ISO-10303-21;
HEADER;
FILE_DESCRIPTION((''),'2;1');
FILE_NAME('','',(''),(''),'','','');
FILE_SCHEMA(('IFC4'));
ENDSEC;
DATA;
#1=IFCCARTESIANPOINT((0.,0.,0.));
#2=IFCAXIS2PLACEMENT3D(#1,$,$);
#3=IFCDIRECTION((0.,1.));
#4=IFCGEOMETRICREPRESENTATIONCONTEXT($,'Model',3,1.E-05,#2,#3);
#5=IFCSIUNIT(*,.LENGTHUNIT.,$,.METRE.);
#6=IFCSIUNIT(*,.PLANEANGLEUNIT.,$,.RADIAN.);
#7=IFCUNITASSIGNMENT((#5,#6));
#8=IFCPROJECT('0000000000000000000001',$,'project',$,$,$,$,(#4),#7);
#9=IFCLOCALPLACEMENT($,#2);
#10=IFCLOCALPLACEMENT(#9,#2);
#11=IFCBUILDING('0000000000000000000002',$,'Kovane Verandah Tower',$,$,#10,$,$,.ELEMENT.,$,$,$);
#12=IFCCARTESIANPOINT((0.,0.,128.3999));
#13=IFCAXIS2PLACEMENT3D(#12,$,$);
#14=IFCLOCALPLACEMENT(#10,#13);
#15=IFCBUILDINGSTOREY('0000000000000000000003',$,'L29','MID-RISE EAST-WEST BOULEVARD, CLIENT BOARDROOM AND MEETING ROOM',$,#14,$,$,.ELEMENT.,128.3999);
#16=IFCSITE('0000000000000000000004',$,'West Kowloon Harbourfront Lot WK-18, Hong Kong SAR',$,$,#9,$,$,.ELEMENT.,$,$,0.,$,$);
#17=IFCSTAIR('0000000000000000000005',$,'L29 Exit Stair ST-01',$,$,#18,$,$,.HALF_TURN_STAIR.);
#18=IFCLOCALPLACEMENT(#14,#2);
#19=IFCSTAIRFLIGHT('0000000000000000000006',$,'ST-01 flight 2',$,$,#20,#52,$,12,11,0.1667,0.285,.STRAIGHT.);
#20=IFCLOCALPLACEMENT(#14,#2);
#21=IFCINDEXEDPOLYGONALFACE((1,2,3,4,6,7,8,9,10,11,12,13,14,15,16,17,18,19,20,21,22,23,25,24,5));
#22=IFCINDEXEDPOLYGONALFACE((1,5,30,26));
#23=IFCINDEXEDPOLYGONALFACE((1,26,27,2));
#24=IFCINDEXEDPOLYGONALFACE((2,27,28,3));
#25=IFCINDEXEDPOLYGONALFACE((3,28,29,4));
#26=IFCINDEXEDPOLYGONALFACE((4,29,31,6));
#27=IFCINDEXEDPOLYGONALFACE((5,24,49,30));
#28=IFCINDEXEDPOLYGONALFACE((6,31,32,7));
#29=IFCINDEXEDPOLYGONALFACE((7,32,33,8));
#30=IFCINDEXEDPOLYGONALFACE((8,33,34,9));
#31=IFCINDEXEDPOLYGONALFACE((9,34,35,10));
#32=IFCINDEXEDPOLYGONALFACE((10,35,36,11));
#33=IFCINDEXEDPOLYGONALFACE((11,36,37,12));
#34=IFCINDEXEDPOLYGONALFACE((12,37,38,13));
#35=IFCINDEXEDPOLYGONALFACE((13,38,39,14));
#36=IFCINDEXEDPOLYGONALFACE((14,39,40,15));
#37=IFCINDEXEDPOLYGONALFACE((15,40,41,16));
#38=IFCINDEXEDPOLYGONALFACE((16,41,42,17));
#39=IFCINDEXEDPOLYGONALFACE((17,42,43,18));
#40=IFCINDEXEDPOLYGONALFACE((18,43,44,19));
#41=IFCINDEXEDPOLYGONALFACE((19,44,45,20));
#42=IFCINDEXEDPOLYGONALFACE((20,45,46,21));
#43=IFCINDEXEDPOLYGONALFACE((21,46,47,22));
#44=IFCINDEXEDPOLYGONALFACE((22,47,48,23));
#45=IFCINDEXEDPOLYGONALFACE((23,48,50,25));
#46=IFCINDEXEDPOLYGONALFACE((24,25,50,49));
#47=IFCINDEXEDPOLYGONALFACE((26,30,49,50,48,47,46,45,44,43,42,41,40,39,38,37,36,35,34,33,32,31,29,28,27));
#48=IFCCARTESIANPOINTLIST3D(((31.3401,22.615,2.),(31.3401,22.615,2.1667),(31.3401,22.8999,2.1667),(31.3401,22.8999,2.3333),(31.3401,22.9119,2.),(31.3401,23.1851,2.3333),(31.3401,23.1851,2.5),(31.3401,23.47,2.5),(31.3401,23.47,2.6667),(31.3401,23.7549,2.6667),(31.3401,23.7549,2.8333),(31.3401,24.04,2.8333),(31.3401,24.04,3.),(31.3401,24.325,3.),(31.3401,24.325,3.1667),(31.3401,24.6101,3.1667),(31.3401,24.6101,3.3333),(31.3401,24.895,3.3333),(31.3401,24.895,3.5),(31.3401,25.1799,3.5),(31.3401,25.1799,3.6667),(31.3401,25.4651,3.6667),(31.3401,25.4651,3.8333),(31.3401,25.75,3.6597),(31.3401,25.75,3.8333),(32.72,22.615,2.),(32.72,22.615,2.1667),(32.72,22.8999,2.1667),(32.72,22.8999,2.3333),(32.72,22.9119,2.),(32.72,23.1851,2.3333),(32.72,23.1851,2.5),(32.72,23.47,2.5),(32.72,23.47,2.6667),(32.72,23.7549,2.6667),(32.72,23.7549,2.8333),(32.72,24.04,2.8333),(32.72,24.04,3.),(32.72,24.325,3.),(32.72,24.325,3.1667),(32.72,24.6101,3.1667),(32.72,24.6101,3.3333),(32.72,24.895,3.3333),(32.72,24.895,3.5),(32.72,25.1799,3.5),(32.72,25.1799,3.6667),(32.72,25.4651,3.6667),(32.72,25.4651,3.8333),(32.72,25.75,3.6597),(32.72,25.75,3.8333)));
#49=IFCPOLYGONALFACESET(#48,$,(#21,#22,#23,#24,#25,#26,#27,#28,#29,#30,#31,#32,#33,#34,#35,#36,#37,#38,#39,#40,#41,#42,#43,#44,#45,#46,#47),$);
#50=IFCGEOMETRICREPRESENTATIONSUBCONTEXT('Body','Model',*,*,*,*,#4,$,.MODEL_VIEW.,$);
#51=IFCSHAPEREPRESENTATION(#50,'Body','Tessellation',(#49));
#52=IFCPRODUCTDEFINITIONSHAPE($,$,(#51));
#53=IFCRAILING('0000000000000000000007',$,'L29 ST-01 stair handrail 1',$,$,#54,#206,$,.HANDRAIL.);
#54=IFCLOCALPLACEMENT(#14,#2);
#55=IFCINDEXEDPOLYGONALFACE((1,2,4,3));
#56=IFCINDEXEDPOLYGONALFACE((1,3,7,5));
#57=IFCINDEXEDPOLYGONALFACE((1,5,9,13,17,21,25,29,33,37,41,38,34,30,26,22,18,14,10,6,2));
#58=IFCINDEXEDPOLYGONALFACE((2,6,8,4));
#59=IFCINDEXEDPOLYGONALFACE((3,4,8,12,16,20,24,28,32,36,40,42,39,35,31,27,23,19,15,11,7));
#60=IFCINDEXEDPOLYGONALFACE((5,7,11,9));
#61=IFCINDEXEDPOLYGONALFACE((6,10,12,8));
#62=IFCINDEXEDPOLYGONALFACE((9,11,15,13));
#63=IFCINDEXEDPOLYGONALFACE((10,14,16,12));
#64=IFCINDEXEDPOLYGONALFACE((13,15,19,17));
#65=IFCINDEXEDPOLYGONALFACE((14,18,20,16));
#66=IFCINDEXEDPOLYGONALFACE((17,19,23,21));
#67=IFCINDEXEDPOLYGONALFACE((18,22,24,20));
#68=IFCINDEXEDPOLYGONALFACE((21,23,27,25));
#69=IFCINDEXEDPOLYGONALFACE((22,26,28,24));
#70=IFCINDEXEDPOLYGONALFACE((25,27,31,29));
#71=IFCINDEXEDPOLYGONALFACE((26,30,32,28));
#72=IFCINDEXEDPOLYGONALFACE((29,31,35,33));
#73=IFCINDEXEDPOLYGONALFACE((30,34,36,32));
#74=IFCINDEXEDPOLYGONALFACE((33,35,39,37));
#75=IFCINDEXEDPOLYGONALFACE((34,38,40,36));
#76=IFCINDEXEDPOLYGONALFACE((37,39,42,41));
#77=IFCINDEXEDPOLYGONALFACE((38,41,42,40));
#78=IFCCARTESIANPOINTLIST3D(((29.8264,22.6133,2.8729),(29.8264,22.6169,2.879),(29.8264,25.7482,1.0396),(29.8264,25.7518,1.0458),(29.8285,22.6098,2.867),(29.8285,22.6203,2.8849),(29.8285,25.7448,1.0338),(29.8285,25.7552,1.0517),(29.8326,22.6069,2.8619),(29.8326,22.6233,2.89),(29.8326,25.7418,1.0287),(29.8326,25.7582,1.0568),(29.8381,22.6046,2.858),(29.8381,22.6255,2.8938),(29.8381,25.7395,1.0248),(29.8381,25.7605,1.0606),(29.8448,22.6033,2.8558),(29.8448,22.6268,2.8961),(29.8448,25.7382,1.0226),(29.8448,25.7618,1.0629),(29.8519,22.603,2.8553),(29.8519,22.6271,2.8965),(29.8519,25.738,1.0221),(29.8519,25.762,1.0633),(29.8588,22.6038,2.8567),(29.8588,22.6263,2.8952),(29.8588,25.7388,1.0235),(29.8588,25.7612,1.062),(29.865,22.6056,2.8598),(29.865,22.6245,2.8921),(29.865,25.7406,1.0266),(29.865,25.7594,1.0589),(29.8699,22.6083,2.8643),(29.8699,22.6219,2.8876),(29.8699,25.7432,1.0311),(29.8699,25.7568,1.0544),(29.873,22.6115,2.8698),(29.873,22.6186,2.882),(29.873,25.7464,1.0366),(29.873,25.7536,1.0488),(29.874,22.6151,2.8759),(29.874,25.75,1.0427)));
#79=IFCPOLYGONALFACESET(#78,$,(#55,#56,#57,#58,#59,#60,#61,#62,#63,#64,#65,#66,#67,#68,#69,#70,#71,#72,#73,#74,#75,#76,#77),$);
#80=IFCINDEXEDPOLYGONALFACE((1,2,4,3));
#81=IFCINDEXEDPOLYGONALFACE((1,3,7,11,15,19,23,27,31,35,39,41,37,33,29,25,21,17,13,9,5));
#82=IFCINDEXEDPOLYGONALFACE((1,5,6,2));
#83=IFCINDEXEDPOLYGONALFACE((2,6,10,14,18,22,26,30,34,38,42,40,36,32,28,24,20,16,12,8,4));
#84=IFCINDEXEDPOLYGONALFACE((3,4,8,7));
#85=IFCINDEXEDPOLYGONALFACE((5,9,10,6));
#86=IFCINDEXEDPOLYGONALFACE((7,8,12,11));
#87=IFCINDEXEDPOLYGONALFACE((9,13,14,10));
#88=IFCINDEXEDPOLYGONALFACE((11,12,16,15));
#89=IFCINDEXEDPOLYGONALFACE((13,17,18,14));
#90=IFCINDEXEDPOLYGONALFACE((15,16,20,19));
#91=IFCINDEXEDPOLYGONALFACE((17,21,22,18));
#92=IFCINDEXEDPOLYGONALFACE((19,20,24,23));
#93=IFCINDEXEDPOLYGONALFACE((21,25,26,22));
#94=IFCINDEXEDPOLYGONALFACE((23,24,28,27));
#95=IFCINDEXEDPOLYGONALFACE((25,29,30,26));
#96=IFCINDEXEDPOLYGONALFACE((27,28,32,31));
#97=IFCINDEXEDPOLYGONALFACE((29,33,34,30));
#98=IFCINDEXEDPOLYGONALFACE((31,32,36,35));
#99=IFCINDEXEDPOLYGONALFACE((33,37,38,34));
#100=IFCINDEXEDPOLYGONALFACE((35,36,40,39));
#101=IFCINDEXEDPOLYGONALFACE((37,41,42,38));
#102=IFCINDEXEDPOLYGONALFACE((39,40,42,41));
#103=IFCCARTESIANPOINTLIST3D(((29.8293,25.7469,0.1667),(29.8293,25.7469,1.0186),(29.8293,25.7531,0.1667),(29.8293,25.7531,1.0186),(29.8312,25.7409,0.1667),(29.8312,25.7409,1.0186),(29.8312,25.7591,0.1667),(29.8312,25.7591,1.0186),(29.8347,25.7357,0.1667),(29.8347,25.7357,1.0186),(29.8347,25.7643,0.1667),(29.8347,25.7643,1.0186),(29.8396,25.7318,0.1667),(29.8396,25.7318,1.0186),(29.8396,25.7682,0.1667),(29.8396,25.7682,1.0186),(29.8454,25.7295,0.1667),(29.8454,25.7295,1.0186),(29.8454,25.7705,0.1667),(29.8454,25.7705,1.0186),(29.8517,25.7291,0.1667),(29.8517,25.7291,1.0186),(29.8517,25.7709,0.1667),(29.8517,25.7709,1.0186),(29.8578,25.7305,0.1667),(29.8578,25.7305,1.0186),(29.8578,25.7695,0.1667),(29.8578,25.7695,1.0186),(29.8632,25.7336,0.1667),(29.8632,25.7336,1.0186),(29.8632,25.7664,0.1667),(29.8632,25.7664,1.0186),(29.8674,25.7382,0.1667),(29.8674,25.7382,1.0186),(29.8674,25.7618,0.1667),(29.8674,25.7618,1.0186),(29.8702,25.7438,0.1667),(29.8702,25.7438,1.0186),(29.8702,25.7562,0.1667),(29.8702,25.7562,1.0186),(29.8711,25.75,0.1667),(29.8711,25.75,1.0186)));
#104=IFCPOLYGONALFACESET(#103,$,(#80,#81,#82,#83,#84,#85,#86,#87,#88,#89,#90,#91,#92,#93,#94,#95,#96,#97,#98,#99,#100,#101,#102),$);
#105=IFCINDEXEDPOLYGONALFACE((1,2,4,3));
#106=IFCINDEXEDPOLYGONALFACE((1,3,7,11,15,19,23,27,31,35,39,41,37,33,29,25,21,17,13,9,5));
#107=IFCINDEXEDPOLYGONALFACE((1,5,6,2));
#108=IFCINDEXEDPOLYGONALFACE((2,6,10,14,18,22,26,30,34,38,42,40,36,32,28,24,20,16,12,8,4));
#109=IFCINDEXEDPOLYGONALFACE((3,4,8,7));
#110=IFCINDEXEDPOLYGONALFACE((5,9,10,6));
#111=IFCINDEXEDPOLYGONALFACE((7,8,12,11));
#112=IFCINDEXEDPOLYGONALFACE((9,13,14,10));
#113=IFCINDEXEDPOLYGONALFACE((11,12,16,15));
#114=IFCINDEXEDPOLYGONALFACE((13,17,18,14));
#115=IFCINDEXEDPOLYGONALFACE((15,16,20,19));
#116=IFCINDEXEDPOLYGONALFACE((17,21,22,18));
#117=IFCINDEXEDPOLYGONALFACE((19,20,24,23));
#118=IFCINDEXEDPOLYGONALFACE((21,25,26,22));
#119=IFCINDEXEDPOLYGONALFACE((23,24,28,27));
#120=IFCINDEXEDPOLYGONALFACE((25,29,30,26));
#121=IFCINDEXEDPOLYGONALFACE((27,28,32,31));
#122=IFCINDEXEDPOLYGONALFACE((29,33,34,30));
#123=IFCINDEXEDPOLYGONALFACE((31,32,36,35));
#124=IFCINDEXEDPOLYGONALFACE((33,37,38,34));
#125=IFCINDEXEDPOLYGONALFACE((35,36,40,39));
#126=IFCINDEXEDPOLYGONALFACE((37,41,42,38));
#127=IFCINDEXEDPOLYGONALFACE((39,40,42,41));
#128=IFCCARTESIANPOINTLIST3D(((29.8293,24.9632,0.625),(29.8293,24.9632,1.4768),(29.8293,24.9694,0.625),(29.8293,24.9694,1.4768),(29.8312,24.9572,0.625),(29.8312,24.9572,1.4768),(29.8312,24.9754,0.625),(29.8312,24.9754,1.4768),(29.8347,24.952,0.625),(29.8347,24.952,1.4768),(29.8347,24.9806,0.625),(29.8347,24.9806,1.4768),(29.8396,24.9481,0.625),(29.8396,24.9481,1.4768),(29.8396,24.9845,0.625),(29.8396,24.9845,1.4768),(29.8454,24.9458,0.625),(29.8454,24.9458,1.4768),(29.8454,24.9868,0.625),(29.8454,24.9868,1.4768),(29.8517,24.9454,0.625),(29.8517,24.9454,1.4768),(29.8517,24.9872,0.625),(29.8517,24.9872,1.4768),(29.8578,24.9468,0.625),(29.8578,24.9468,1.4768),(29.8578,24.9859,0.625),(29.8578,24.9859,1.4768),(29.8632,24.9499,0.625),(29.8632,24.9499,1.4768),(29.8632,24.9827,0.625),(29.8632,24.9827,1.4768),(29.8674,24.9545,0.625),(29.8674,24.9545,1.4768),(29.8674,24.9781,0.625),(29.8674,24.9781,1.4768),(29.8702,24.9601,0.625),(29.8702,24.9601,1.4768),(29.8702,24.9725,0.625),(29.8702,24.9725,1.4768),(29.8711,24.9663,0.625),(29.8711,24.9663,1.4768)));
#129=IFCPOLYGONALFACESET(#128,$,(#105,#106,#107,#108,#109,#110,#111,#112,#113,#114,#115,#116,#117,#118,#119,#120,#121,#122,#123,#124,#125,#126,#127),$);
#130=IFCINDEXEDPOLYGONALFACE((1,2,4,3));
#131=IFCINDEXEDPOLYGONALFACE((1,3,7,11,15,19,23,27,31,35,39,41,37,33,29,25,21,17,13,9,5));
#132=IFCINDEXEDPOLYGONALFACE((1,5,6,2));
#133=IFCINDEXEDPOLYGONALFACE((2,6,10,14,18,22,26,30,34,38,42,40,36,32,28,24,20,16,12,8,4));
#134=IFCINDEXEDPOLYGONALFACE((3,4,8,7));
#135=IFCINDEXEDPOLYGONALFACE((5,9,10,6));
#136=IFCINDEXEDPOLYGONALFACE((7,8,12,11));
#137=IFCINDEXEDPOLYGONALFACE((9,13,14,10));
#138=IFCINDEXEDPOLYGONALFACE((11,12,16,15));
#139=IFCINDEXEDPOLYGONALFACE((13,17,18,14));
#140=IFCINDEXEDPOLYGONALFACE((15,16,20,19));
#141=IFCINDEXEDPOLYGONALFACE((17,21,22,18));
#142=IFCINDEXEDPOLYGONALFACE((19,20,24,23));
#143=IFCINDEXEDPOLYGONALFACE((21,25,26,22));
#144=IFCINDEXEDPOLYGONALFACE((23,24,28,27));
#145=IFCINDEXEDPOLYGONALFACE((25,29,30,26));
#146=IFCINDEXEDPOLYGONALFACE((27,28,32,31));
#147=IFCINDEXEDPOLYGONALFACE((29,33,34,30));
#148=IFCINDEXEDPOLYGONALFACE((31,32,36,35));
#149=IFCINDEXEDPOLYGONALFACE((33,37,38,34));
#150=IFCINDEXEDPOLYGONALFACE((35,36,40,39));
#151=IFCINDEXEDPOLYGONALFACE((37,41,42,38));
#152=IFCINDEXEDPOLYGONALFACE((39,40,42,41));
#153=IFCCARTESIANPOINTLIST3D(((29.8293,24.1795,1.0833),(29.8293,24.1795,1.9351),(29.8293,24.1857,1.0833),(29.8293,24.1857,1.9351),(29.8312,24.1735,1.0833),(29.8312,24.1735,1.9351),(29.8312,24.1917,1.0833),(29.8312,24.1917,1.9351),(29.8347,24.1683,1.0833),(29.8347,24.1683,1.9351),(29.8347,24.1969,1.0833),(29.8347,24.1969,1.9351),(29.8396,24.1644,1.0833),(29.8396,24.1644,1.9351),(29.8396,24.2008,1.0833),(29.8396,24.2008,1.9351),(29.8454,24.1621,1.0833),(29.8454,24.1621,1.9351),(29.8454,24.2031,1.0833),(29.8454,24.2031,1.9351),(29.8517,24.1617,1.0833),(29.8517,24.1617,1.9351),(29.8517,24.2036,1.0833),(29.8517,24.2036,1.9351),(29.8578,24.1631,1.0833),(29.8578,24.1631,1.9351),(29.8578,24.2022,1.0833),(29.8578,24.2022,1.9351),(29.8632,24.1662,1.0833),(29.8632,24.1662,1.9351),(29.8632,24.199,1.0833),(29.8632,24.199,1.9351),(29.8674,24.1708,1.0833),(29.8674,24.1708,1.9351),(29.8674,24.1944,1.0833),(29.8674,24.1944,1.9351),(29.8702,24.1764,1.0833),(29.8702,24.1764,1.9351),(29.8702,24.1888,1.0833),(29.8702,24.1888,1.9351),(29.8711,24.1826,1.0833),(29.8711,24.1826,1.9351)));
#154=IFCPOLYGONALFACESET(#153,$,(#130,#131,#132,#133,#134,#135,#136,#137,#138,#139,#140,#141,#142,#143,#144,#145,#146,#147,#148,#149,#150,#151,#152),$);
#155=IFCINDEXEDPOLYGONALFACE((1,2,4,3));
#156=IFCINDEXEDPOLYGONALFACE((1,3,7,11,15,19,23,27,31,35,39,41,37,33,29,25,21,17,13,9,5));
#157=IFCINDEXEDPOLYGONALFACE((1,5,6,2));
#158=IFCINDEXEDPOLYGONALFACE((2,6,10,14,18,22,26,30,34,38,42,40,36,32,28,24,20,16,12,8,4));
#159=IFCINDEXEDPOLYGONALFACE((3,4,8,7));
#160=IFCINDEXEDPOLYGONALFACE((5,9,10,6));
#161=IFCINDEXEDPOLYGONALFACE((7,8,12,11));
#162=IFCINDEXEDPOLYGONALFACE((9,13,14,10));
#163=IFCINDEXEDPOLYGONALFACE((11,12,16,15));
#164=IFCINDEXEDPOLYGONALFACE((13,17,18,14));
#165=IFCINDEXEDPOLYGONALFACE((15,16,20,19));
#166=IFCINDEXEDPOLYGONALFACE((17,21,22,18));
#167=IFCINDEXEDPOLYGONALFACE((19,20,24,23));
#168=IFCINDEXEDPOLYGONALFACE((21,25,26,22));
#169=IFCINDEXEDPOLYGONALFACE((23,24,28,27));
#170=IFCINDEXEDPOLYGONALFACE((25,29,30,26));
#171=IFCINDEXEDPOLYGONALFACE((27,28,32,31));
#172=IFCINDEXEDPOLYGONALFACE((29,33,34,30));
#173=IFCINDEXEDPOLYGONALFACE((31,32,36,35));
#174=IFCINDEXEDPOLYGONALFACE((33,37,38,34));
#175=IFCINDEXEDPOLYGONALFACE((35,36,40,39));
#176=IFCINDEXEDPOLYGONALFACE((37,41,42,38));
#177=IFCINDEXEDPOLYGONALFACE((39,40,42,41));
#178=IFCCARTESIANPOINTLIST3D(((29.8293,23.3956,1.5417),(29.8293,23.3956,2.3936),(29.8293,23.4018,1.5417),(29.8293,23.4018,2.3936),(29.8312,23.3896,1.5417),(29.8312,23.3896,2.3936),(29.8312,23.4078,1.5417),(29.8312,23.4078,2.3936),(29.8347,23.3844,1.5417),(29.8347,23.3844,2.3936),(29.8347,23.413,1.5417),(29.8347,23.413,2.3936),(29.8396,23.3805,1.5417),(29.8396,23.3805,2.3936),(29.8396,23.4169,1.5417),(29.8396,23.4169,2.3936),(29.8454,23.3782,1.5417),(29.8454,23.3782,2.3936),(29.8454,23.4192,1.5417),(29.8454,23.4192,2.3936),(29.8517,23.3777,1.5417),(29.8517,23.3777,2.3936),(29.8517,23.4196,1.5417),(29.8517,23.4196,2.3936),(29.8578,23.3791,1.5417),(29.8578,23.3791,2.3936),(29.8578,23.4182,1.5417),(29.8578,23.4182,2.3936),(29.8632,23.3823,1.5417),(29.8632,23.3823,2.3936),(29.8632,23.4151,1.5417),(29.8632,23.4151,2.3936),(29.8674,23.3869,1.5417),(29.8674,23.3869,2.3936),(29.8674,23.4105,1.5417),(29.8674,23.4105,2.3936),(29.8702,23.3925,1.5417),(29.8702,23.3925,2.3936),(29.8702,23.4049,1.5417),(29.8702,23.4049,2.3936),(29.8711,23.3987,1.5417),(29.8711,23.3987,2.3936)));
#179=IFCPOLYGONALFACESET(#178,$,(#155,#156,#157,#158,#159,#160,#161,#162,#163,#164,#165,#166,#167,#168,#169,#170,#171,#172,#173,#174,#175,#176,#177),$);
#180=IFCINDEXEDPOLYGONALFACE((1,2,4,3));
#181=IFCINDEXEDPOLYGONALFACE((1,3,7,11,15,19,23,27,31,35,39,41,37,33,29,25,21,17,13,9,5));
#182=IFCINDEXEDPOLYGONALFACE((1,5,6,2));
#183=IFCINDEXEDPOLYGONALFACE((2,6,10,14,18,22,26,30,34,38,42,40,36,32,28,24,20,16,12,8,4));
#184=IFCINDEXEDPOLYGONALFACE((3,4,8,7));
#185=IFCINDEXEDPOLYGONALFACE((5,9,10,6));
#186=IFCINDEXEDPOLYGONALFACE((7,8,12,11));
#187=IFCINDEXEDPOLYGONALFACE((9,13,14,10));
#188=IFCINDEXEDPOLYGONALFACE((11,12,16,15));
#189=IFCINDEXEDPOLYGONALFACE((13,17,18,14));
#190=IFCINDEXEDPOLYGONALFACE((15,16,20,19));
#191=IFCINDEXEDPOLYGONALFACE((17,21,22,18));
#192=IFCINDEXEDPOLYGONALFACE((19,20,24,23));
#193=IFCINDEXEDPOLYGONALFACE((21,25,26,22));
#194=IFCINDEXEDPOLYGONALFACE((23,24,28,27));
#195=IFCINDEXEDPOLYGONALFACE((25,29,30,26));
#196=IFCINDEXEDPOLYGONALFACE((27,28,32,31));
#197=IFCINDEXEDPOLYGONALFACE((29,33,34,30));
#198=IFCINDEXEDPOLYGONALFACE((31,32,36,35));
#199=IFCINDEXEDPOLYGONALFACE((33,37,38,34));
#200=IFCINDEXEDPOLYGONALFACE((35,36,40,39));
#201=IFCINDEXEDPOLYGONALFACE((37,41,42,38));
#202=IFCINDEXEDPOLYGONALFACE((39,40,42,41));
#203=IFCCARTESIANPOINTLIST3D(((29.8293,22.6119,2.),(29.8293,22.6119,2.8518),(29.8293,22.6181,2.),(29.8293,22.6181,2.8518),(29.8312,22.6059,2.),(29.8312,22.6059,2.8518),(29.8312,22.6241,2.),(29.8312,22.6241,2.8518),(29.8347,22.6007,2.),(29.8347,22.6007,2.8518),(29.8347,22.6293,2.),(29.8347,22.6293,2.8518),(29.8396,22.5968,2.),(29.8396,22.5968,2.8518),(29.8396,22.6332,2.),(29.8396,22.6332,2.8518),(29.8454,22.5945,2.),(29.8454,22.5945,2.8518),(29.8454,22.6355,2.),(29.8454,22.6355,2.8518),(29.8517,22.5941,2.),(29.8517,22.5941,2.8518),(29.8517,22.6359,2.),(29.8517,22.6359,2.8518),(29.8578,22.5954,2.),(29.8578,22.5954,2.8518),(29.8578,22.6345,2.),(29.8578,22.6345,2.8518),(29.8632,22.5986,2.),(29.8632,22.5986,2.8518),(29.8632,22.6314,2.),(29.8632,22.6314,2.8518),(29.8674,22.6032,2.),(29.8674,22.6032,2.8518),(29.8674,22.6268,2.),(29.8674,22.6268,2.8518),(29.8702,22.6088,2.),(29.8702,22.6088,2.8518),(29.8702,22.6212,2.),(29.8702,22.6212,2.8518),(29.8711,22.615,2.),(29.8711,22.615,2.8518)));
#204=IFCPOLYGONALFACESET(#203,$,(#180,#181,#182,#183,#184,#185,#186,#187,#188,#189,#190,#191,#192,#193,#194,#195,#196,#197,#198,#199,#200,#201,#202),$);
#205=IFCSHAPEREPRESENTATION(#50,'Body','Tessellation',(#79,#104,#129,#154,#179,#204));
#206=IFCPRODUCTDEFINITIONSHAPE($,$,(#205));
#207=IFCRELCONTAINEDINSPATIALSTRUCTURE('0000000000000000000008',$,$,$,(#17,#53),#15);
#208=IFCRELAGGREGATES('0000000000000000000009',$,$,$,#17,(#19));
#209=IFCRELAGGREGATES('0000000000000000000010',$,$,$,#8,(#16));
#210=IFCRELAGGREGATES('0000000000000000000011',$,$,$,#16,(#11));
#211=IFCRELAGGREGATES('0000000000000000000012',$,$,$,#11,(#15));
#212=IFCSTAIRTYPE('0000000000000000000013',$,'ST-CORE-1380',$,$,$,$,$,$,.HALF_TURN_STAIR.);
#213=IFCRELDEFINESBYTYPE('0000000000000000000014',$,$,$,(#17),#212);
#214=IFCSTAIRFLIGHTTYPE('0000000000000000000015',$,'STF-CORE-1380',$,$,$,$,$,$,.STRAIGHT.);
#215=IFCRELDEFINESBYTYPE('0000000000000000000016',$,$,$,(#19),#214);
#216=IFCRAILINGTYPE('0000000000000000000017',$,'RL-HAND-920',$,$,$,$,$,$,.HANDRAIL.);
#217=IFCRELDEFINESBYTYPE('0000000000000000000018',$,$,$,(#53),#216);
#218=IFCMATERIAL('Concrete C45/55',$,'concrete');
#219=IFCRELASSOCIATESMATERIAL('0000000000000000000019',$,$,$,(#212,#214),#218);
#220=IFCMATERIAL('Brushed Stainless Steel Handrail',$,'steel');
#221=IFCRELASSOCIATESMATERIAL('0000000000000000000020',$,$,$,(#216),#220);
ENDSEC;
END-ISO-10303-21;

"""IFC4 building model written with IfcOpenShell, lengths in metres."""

from ifc_helpers import new_model, si_unit, direction, frame, origin, origin_2d, place, context, subcontext, project, spatial, polyline, circle, outline, extrude, material, type_object, element, aggregate, save


model = new_model("IFC4")

# Units and contexts
model_context = context("Model", 3, precision=1e-05, world=origin(), true_north=direction((0.0, 1.0)))
body_context = subcontext(model_context, "Body", "Model", "MODEL_VIEW")
ifc_project = project(units=[si_unit("LENGTHUNIT", "METRE"), si_unit("PLANEANGLEUNIT", "RADIAN")], contexts=[model_context])

# Site, building, storey
site_placement = place(None, origin())
site = spatial("IfcSite", under=ifc_project, at=site_placement, Name="West Kowloon Harbourfront Lot WK-18, Hong Kong SAR", CompositionType="ELEMENT", RefElevation=0.0)
building_placement = place(site_placement, origin())
building = spatial("IfcBuilding", under=site, at=building_placement, Name="Kovane Verandah Tower", CompositionType="ELEMENT")
storey_placement = place(building_placement, frame((0.0, 0.0, 128.3999)))
storey = spatial("IfcBuildingStorey", under=building, at=storey_placement, Name="L29", Description="MID-RISE EAST-WEST BOULEVARD, CLIENT BOARDROOM AND MEETING ROOM", CompositionType="ELEMENT", Elevation=128.3999)

# Shared definitions
ifc_material_1 = material(Name="Concrete C45/55", Category="concrete")

# Stair, stair flight
stair_type = type_object("IfcStairType", Name="ST-CORE-1380", PredefinedType="HALF_TURN_STAIR", material=ifc_material_1)
stair_placement = place(storey_placement, origin())
stair = element("IfcStair", 1, at=stair_placement, inside=storey, type_object=stair_type, Name="L29 Exit Stair ST-01", PredefinedType="HALF_TURN_STAIR")
stair_flight_type = type_object("IfcStairFlightType", Name="STF-CORE-1380", PredefinedType="STRAIGHT", material=ifc_material_1)
stair_flight_1_placement = place(storey_placement, frame((32.03, 22.615, 2.0), z_axis=(0.0, 0.0, 1.0), x_axis=(0.0, 1.0, 0.0)))
stair_flight_1 = element("IfcStairFlight", 2, at=stair_flight_1_placement, type_object=stair_flight_type, Name="ST-01 flight 2", NumberOfRisers=12, NumberOfTreads=11, PredefinedType="STRAIGHT", RiserHeight=0.1667, TreadLength=0.285, context=body_context, shape_type="SweptSolid", body=[
    extrude(outline(polyline([(0.0, 0.0), (0.0, 0.1667), (0.2849, 0.1667), (0.2849, 0.3333), (0.5701, 0.3333), (0.5701, 0.5), (0.855, 0.5), (0.855, 0.6667), (1.1399, 0.6667), (1.1399, 0.8333), (1.425, 0.8333), (1.425, 1.0), (1.71, 1.0), (1.71, 1.1667), (1.9951, 1.1667), (1.9951, 1.3333), (2.28, 1.3333), (2.28, 1.5), (2.5649, 1.5), (2.5649, 1.6667), (2.8501, 1.6667), (2.8501, 1.8333), (3.135, 1.8333), (3.135, 2.0), (3.135, 1.6597), (0.2969, 0.0), (0.0, 0.0)])), frame((0.0, 0.6899, 0.0), z_axis=(0.0, -1.0, 0.0), x_axis=(1.0, 0.0, 0.0)), (0.0, 0.0, 1.0), 1.3799),
])
aggregate(stair, [stair_flight_1])

# Railing
ifc_material_2 = material(Name="Brushed Stainless Steel Handrail", Category="steel")
railing_type_1 = type_object("IfcRailingType", Name="RL-HAND-920", PredefinedType="HANDRAIL", material=ifc_material_2)
railing_1_placement = place(storey_placement, frame((29.8501, 25.75, 0.1667)))
element("IfcRailing", 3, at=railing_1_placement, inside=storey, type_object=railing_type_1, Name="L29 ST-01 stair handrail 1", PredefinedType="HANDRAIL", context=body_context, shape_type="SweptSolid", body=[
    extrude(circle(Radius=0.0239, at=origin_2d()), frame((0.0, 0.0, 0.876), z_axis=(0.0, -0.86324, 0.504794), x_axis=(1.0, 0.0, 0.0)), (0.0, 0.0, 1.0), 3.6316),
    extrude(circle(Radius=0.021, at=origin_2d()), origin(), (0.0, 0.0, 1.0), 0.8518),
    extrude(circle(Radius=0.021, at=origin_2d()), frame((0.0, -0.7837, 0.4583)), (0.0, 0.0, 1.0), 0.8518),
    extrude(circle(Radius=0.021, at=origin_2d()), frame((0.0, -1.5674, 0.9165)), (0.0, 0.0, 1.0), 0.8518),
    extrude(circle(Radius=0.021, at=origin_2d()), frame((0.0, -2.3513, 1.375)), (0.0, 0.0, 1.0), 0.8518),
    extrude(circle(Radius=0.021, at=origin_2d()), frame((0.0, -3.135, 1.8333)), (0.0, 0.0, 1.0), 0.8518),
])

save(model, "model.ifc")
